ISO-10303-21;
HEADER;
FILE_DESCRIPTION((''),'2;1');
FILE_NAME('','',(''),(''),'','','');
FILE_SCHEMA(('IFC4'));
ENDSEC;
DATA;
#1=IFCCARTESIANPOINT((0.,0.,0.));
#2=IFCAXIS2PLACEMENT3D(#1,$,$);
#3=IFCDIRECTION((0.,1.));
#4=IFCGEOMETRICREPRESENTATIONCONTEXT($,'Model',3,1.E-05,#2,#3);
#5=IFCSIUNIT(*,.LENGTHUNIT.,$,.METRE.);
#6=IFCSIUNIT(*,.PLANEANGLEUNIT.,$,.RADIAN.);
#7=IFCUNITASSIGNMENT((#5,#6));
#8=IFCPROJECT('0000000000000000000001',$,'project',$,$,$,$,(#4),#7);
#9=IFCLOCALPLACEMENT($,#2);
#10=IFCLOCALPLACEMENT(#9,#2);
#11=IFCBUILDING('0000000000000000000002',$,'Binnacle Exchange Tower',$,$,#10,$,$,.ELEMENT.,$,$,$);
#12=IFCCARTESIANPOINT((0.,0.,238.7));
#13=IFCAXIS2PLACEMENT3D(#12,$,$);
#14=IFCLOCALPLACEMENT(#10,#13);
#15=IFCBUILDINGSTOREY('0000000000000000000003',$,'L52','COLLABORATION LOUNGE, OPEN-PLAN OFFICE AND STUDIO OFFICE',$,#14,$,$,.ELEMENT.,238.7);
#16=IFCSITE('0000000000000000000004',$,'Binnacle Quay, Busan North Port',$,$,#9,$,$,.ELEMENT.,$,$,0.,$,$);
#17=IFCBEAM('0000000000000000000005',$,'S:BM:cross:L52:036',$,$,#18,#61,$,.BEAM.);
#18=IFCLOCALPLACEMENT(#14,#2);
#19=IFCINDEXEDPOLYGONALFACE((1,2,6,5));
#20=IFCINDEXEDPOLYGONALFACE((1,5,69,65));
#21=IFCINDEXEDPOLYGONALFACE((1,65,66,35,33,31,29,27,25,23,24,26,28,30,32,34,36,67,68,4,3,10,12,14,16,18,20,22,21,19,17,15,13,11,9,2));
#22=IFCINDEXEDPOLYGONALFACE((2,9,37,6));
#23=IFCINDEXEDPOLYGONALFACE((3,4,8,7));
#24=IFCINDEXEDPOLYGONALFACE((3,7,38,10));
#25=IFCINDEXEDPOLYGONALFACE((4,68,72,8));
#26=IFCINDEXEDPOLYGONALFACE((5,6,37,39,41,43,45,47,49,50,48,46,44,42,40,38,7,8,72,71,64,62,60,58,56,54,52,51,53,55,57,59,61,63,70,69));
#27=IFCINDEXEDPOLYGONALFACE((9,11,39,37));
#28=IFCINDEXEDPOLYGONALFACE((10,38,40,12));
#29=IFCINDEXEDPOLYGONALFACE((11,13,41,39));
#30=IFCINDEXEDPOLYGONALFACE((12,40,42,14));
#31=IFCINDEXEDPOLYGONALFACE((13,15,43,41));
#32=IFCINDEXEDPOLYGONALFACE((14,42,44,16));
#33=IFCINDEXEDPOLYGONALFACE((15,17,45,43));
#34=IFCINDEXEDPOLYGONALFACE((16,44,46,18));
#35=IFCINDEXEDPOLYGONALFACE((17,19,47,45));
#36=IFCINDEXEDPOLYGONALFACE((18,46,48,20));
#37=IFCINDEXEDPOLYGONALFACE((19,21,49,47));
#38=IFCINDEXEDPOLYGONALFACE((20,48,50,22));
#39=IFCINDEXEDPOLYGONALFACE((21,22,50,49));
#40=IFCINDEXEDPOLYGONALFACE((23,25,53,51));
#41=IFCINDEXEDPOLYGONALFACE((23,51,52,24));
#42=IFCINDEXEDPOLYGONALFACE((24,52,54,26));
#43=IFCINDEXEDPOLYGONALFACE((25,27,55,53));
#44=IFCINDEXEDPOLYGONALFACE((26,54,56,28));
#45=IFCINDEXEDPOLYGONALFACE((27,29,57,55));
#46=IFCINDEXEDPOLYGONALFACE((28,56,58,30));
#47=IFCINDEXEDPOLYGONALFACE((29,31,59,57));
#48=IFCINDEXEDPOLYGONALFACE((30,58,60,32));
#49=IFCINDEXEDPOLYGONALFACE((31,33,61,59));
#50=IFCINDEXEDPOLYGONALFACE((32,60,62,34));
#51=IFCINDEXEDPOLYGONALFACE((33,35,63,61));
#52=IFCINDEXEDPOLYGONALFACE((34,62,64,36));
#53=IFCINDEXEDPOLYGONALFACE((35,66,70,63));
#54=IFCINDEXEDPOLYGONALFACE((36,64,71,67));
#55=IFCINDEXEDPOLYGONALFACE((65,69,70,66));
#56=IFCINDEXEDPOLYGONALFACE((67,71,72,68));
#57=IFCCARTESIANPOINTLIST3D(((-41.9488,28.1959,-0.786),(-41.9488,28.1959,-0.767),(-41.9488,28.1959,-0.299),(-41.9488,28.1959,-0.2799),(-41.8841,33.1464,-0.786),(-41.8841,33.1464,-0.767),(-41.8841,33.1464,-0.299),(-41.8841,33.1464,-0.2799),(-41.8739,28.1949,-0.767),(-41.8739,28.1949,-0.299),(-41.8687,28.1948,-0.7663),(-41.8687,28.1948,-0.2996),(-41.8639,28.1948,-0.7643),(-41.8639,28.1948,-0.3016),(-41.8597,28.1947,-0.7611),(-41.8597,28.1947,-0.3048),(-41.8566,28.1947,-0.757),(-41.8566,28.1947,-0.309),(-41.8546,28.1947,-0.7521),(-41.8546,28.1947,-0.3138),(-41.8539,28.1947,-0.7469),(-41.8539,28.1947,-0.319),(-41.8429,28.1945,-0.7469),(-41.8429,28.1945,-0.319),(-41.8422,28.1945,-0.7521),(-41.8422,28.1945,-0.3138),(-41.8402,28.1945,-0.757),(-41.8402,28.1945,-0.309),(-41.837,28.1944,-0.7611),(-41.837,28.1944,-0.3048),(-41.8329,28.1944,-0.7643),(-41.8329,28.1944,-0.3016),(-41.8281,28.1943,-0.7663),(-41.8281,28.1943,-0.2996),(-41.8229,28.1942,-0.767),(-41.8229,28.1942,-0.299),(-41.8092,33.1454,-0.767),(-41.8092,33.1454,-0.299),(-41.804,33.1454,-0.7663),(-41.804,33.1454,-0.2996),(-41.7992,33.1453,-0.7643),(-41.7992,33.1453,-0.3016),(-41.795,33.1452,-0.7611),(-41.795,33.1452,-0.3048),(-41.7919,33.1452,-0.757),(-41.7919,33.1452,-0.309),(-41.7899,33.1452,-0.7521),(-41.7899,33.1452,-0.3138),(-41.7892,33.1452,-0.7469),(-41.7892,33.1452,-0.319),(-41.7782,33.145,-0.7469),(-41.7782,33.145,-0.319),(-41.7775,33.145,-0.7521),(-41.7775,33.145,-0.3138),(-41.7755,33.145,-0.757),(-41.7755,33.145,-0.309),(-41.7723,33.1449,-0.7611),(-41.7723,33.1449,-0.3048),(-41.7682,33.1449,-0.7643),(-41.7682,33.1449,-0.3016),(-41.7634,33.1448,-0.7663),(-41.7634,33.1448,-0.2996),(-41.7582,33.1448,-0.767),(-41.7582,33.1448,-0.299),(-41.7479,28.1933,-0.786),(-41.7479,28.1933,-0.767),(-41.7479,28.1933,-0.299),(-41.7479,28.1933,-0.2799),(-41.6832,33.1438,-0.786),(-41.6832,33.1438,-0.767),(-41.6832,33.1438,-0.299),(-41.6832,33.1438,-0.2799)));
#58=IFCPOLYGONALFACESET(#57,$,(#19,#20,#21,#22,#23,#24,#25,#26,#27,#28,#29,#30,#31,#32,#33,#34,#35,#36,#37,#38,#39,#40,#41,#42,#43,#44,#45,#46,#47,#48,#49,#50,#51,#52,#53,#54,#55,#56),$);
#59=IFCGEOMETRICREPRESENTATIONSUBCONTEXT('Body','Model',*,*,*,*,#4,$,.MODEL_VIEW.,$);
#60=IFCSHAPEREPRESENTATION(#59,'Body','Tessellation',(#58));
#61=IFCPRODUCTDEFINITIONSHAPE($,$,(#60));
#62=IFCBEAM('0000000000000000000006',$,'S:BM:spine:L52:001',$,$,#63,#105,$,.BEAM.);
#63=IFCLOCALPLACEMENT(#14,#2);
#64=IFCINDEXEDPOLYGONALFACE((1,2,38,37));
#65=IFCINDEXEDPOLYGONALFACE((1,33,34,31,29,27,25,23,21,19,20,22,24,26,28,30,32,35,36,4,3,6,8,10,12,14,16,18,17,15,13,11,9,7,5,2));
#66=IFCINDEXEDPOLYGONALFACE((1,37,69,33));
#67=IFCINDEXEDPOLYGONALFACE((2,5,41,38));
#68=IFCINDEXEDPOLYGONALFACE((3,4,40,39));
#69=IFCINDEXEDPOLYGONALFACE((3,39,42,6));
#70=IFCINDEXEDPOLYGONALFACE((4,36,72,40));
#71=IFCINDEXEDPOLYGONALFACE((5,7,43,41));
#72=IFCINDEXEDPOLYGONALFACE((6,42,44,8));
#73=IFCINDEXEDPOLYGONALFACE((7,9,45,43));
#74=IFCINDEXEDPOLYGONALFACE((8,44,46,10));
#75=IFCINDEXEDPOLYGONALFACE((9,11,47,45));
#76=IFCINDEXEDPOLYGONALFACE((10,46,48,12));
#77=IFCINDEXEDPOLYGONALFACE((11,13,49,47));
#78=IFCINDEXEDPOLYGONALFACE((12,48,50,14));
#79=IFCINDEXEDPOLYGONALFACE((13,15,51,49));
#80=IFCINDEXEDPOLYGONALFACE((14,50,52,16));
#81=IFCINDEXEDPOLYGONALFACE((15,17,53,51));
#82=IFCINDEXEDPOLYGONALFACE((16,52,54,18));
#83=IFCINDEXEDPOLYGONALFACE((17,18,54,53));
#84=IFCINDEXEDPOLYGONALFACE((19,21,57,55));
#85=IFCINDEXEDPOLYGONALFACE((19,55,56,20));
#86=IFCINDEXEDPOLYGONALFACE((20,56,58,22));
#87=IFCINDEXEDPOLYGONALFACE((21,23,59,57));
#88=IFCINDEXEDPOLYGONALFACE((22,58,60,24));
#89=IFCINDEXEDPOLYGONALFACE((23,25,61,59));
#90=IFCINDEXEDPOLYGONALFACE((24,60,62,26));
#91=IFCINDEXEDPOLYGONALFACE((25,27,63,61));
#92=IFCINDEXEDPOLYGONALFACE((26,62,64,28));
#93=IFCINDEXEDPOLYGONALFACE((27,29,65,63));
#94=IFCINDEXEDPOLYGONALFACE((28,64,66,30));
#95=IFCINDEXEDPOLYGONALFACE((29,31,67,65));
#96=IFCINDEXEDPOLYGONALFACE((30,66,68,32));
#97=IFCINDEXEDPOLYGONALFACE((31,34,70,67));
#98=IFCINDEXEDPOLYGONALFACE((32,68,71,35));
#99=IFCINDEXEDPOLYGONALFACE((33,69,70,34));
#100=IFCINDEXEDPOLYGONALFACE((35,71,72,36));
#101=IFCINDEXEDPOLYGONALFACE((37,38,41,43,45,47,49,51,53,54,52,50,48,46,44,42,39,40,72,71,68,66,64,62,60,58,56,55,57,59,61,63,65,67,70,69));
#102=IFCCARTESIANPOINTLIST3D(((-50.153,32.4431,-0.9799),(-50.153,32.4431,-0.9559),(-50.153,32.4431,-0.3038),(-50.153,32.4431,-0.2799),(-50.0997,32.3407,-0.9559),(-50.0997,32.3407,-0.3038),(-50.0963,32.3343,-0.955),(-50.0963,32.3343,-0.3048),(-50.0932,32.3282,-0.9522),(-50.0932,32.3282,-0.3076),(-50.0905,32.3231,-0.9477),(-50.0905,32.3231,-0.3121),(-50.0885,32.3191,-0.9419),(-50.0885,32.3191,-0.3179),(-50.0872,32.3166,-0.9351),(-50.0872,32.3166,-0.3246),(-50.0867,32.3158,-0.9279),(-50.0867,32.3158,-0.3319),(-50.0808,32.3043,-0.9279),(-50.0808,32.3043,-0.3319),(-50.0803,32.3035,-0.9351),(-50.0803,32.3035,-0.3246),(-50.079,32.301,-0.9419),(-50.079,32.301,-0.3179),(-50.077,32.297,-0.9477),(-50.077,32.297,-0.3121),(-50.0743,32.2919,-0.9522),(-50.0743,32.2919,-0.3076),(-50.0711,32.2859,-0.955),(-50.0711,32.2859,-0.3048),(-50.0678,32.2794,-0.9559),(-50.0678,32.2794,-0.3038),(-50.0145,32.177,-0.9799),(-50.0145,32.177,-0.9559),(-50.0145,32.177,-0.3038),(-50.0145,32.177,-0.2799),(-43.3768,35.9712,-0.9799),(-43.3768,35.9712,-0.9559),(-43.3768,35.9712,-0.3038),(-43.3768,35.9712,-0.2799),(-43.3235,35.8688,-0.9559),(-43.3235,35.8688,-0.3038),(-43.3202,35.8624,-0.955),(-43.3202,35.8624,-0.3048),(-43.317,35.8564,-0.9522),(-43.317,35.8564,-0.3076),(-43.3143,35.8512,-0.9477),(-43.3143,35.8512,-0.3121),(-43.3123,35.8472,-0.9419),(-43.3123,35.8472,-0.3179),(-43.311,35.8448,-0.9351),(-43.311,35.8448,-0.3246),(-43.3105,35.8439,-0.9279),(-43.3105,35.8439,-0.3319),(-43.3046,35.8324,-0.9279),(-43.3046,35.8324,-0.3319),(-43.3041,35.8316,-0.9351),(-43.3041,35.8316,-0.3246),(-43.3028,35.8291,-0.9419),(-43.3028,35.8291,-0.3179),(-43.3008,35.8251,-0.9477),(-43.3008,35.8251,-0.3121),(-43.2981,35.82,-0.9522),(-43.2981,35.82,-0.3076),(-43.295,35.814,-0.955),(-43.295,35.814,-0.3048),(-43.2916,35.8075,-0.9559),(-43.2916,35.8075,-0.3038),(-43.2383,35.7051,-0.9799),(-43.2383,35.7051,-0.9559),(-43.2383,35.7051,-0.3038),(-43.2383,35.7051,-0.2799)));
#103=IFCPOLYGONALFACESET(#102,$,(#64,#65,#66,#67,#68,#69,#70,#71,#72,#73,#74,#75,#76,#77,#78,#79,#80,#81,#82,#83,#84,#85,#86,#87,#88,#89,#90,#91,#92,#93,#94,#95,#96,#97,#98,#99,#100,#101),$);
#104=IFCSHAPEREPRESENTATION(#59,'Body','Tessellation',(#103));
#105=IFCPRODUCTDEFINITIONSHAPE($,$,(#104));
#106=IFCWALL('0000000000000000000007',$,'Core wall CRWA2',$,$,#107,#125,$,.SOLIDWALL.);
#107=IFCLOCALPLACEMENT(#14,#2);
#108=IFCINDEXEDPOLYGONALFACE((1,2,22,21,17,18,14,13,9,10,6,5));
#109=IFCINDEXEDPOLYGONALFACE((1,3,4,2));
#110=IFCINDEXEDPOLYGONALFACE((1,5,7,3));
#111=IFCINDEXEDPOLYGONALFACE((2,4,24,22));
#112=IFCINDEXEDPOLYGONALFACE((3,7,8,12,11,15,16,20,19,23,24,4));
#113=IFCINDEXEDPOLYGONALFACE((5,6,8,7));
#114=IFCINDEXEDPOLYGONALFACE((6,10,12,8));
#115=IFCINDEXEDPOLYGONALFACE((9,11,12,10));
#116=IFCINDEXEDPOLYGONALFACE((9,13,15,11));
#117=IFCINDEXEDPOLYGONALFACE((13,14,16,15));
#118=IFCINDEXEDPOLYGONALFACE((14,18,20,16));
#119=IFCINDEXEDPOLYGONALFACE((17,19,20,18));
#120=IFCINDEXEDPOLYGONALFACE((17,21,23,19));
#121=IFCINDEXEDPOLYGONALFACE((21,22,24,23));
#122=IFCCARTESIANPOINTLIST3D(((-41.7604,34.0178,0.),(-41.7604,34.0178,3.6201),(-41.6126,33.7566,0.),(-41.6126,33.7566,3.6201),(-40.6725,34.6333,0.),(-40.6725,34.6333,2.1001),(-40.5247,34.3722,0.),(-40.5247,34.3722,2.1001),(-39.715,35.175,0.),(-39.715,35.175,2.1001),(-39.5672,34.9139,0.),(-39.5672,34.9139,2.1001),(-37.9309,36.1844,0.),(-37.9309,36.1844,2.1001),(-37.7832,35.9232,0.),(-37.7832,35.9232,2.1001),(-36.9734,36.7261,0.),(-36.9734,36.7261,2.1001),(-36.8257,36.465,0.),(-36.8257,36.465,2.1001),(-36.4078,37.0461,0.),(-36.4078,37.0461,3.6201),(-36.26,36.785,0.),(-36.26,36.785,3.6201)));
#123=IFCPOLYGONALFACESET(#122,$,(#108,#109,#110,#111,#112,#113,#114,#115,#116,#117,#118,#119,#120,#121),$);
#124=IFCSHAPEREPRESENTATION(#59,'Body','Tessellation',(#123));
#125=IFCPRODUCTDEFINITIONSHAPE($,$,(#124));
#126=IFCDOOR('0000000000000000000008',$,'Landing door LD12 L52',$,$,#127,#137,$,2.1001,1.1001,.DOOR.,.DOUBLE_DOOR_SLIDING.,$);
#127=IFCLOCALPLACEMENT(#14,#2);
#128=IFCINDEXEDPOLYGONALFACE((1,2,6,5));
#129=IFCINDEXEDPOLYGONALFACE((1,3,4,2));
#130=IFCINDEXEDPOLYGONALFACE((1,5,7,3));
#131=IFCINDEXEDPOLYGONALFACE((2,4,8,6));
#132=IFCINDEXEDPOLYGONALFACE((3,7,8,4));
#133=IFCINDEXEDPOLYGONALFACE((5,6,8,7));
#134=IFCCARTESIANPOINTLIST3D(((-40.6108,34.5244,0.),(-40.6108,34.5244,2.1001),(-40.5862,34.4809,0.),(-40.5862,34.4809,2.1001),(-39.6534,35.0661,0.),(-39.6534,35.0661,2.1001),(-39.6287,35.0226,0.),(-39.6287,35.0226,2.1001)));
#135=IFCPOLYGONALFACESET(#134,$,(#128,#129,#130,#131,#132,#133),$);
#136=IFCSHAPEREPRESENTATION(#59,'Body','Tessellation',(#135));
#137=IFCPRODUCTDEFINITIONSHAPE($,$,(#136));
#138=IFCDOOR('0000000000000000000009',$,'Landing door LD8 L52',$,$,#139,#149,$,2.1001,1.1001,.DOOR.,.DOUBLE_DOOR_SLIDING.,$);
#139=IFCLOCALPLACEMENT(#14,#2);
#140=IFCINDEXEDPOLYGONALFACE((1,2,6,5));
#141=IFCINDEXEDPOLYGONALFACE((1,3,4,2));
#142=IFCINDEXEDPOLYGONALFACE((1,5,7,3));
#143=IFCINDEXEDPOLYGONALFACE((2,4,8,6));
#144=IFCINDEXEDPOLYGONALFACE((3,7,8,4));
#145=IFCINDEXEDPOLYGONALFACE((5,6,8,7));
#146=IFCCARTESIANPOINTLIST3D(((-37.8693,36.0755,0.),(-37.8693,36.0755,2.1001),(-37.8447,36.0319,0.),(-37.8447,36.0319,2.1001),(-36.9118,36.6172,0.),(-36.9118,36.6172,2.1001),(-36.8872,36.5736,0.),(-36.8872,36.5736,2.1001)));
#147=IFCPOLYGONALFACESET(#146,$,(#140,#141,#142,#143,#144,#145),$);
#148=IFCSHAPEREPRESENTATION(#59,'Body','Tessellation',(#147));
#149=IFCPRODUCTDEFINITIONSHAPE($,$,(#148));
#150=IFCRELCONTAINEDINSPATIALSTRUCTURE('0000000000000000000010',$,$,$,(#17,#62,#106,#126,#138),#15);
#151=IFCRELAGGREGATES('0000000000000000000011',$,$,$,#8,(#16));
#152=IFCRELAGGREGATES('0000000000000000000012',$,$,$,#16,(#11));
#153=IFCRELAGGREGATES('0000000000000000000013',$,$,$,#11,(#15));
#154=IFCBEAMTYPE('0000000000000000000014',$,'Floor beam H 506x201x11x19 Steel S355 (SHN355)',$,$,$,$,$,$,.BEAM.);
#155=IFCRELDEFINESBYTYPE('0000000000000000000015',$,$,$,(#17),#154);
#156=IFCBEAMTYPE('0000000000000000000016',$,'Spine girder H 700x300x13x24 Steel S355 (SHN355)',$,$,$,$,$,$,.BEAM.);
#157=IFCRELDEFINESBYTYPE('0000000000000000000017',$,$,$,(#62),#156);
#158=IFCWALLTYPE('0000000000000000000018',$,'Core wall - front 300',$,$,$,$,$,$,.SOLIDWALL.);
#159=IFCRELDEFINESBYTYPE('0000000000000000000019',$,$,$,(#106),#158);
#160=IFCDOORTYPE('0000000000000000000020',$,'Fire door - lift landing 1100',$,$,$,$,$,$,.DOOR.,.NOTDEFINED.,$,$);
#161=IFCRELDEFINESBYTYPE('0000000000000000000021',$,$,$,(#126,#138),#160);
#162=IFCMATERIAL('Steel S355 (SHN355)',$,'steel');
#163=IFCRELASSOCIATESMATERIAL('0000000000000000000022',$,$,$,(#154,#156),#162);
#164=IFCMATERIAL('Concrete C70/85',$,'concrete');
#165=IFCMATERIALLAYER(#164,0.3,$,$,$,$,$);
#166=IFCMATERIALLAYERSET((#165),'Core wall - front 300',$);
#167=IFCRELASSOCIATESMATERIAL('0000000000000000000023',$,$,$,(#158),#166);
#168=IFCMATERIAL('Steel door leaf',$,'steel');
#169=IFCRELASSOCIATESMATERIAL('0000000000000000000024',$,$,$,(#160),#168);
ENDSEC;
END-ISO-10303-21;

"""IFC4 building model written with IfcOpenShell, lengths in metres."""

from ifc_helpers import new_model, si_unit, direction, frame, frame_2d, origin, origin_2d, place, context, subcontext, project, spatial, rectangle, i_section, extrude, material, layer, layer_set, material_profile, profile_set, type_object, element, fill, save


model = new_model("IFC4")

# Units and contexts
model_context = context("Model", 3, precision=1e-05, world=origin(), true_north=direction((0.0, 1.0)))
body_context = subcontext(model_context, "Body", "Model", "MODEL_VIEW")
ifc_project = project(units=[si_unit("LENGTHUNIT", "METRE"), si_unit("PLANEANGLEUNIT", "RADIAN")], contexts=[model_context])

# Site, building, storey
site_placement = place(None, origin())
site = spatial("IfcSite", under=ifc_project, at=site_placement, Name="Binnacle Quay, Busan North Port", CompositionType="ELEMENT", RefElevation=0.0)
building_placement = place(site_placement, origin())
building = spatial("IfcBuilding", under=site, at=building_placement, Name="Binnacle Exchange Tower", CompositionType="ELEMENT")
storey_placement = place(building_placement, frame((0.0, 0.0, 238.7)))
storey = spatial("IfcBuildingStorey", under=building, at=storey_placement, Name="L52", Description="COLLABORATION LOUNGE, OPEN-PLAN OFFICE AND STUDIO OFFICE", CompositionType="ELEMENT", Elevation=238.7)

# Beams
ifc_material_1 = material(Name="Steel S355 (SHN355)", Category="steel")
ifc_material_profile_1 = material_profile(ifc_material_1, i_section(OverallWidth=0.2009, OverallDepth=0.5061, WebThickness=0.011, FlangeThickness=0.019, FilletRadius=0.02, at=origin_2d()), Name="H 506x201x11x19")
ifc_profile_set_1 = profile_set([ifc_material_profile_1], Name="Steel S355 (SHN355)")
beam_type_1 = type_object("IfcBeamType", Name="Floor beam H 506x201x11x19 Steel S355 (SHN355)", PredefinedType="BEAM", material=ifc_profile_set_1)
beam_1_placement = place(storey_placement, frame((-41.8484, 28.1946, -0.533), z_axis=(0.013068, 0.999915, 0.0), x_axis=(-0.999915, 0.013068, 0.0)))
element("IfcBeam", 1, at=beam_1_placement, inside=storey, type_object=beam_type_1, Name="S:BM:cross:L52:036", PredefinedType="BEAM", context=body_context, shape_type="SweptSolid", body=[
    extrude(i_section(OverallWidth=0.2009, OverallDepth=0.5061, WebThickness=0.011, FlangeThickness=0.019, FilletRadius=0.02, at=origin_2d()), origin(), (0.0, 0.0, 1.0), 4.9509),
])
ifc_material_profile_2 = material_profile(ifc_material_1, i_section(OverallWidth=0.3, OverallDepth=0.7, WebThickness=0.0129, FlangeThickness=0.0239, FilletRadius=0.0281, at=origin_2d()), Name="H 700x300x13x24")
ifc_profile_set_2 = profile_set([ifc_material_profile_2], Name="Steel S355 (SHN355)")
beam_type_2 = type_object("IfcBeamType", Name="Spine girder H 700x300x13x24 Steel S355 (SHN355)", PredefinedType="BEAM", material=ifc_profile_set_2)
beam_2_placement = place(storey_placement, frame((-50.0837, 32.3101, -0.6299), z_axis=(0.886976, 0.461816, 0.0), x_axis=(-0.461816, 0.886976, 0.0)))
element("IfcBeam", 2, at=beam_2_placement, inside=storey, type_object=beam_type_2, Name="S:BM:spine:L52:001", PredefinedType="BEAM", context=body_context, shape_type="SweptSolid", body=[
    extrude(i_section(OverallWidth=0.3, OverallDepth=0.7, WebThickness=0.0129, FlangeThickness=0.0239, FilletRadius=0.0281, at=origin_2d()), origin(), (0.0, 0.0, 1.0), 7.6396),
])

# Wall, openings, doors
ifc_material_2 = material(Name="Concrete C70/85", Category="concrete")
ifc_layer_1 = layer(ifc_material_2, 0.3)
ifc_layer_set_1 = layer_set([ifc_layer_1], Name="Core wall - front 300")
wall_type_1 = type_object("IfcWallType", Name="Core wall - front 300", PredefinedType="SOLIDWALL", material=ifc_layer_set_1)
wall_1_placement = place(storey_placement, frame((-41.6865, 33.8872, 0.0), z_axis=(0.0, 0.0, 1.0), x_axis=(0.870356, 0.492423, 0.0)))
wall_1 = element("IfcWall", 3, at=wall_1_placement, inside=storey, type_object=wall_type_1, Name="Core wall CRWA2", PredefinedType="SOLIDWALL", context=body_context, shape_type="SweptSolid", body=[
    extrude(rectangle(XDim=6.1499, YDim=0.3, at=frame_2d((3.075, 0.0))), origin(), (0.0, 0.0, 1.0), 3.6201),
])
opening_1_placement = place(wall_1_placement, frame((1.25, 0.0, 0.0)))
opening_1 = element("IfcOpeningElement", 4, at=opening_1_placement, cuts=wall_1, PredefinedType="OPENING", context=body_context, shape_type="SweptSolid", body=[
    extrude(rectangle(XDim=1.1001, YDim=2.1001, at=frame_2d((0.55, 1.05))), frame((0.0, 0.1599, 0.0), z_axis=(0.0, -1.0, 0.0), x_axis=(1.0, 0.0, 0.0)), (0.0, 0.0, 1.0), 0.3201),
])
opening_2_placement = place(wall_1_placement, frame((4.3999, 0.0, 0.0)))
opening_2 = element("IfcOpeningElement", 5, at=opening_2_placement, cuts=wall_1, PredefinedType="OPENING", context=body_context, shape_type="SweptSolid", body=[
    extrude(rectangle(XDim=1.1001, YDim=2.1001, at=frame_2d((0.55, 1.05))), frame((0.0, 0.1599, 0.0), z_axis=(0.0, -1.0, 0.0), x_axis=(1.0, 0.0, 0.0)), (0.0, 0.0, 1.0), 0.3201),
])
ifc_material_3 = material(Name="Steel door leaf", Category="steel")
door_type_1 = type_object("IfcDoorType", Name="Fire door - lift landing 1100", OperationType="NOTDEFINED", PredefinedType="DOOR", material=ifc_material_3)
door_1_placement = place(opening_1_placement, origin())
door_1 = element("IfcDoor", 6, at=door_1_placement, inside=storey, type_object=door_type_1, Name="Landing door LD12 L52", OperationType="DOUBLE_DOOR_SLIDING", OverallHeight=2.1001, OverallWidth=1.1001, PredefinedType="DOOR", context=body_context, shape_type="SweptSolid", body=[
    extrude(rectangle(XDim=1.1001, YDim=2.1001, at=frame_2d((0.55, 1.05))), frame((0.0, 0.0249, 0.0), z_axis=(0.0, -1.0, 0.0), x_axis=(1.0, 0.0, 0.0)), (0.0, 0.0, 1.0), 0.05),
])
fill(opening_1, door_1)
door_2_placement = place(opening_2_placement, origin())
door_2 = element("IfcDoor", 7, at=door_2_placement, inside=storey, type_object=door_type_1, Name="Landing door LD8 L52", OperationType="DOUBLE_DOOR_SLIDING", OverallHeight=2.1001, OverallWidth=1.1001, PredefinedType="DOOR", context=body_context, shape_type="SweptSolid", body=[
    extrude(rectangle(XDim=1.1001, YDim=2.1001, at=frame_2d((0.55, 1.05))), frame((0.0, 0.0249, 0.0), z_axis=(0.0, -1.0, 0.0), x_axis=(1.0, 0.0, 0.0)), (0.0, 0.0, 1.0), 0.05),
])
fill(opening_2, door_2)

save(model, "model.ifc")
